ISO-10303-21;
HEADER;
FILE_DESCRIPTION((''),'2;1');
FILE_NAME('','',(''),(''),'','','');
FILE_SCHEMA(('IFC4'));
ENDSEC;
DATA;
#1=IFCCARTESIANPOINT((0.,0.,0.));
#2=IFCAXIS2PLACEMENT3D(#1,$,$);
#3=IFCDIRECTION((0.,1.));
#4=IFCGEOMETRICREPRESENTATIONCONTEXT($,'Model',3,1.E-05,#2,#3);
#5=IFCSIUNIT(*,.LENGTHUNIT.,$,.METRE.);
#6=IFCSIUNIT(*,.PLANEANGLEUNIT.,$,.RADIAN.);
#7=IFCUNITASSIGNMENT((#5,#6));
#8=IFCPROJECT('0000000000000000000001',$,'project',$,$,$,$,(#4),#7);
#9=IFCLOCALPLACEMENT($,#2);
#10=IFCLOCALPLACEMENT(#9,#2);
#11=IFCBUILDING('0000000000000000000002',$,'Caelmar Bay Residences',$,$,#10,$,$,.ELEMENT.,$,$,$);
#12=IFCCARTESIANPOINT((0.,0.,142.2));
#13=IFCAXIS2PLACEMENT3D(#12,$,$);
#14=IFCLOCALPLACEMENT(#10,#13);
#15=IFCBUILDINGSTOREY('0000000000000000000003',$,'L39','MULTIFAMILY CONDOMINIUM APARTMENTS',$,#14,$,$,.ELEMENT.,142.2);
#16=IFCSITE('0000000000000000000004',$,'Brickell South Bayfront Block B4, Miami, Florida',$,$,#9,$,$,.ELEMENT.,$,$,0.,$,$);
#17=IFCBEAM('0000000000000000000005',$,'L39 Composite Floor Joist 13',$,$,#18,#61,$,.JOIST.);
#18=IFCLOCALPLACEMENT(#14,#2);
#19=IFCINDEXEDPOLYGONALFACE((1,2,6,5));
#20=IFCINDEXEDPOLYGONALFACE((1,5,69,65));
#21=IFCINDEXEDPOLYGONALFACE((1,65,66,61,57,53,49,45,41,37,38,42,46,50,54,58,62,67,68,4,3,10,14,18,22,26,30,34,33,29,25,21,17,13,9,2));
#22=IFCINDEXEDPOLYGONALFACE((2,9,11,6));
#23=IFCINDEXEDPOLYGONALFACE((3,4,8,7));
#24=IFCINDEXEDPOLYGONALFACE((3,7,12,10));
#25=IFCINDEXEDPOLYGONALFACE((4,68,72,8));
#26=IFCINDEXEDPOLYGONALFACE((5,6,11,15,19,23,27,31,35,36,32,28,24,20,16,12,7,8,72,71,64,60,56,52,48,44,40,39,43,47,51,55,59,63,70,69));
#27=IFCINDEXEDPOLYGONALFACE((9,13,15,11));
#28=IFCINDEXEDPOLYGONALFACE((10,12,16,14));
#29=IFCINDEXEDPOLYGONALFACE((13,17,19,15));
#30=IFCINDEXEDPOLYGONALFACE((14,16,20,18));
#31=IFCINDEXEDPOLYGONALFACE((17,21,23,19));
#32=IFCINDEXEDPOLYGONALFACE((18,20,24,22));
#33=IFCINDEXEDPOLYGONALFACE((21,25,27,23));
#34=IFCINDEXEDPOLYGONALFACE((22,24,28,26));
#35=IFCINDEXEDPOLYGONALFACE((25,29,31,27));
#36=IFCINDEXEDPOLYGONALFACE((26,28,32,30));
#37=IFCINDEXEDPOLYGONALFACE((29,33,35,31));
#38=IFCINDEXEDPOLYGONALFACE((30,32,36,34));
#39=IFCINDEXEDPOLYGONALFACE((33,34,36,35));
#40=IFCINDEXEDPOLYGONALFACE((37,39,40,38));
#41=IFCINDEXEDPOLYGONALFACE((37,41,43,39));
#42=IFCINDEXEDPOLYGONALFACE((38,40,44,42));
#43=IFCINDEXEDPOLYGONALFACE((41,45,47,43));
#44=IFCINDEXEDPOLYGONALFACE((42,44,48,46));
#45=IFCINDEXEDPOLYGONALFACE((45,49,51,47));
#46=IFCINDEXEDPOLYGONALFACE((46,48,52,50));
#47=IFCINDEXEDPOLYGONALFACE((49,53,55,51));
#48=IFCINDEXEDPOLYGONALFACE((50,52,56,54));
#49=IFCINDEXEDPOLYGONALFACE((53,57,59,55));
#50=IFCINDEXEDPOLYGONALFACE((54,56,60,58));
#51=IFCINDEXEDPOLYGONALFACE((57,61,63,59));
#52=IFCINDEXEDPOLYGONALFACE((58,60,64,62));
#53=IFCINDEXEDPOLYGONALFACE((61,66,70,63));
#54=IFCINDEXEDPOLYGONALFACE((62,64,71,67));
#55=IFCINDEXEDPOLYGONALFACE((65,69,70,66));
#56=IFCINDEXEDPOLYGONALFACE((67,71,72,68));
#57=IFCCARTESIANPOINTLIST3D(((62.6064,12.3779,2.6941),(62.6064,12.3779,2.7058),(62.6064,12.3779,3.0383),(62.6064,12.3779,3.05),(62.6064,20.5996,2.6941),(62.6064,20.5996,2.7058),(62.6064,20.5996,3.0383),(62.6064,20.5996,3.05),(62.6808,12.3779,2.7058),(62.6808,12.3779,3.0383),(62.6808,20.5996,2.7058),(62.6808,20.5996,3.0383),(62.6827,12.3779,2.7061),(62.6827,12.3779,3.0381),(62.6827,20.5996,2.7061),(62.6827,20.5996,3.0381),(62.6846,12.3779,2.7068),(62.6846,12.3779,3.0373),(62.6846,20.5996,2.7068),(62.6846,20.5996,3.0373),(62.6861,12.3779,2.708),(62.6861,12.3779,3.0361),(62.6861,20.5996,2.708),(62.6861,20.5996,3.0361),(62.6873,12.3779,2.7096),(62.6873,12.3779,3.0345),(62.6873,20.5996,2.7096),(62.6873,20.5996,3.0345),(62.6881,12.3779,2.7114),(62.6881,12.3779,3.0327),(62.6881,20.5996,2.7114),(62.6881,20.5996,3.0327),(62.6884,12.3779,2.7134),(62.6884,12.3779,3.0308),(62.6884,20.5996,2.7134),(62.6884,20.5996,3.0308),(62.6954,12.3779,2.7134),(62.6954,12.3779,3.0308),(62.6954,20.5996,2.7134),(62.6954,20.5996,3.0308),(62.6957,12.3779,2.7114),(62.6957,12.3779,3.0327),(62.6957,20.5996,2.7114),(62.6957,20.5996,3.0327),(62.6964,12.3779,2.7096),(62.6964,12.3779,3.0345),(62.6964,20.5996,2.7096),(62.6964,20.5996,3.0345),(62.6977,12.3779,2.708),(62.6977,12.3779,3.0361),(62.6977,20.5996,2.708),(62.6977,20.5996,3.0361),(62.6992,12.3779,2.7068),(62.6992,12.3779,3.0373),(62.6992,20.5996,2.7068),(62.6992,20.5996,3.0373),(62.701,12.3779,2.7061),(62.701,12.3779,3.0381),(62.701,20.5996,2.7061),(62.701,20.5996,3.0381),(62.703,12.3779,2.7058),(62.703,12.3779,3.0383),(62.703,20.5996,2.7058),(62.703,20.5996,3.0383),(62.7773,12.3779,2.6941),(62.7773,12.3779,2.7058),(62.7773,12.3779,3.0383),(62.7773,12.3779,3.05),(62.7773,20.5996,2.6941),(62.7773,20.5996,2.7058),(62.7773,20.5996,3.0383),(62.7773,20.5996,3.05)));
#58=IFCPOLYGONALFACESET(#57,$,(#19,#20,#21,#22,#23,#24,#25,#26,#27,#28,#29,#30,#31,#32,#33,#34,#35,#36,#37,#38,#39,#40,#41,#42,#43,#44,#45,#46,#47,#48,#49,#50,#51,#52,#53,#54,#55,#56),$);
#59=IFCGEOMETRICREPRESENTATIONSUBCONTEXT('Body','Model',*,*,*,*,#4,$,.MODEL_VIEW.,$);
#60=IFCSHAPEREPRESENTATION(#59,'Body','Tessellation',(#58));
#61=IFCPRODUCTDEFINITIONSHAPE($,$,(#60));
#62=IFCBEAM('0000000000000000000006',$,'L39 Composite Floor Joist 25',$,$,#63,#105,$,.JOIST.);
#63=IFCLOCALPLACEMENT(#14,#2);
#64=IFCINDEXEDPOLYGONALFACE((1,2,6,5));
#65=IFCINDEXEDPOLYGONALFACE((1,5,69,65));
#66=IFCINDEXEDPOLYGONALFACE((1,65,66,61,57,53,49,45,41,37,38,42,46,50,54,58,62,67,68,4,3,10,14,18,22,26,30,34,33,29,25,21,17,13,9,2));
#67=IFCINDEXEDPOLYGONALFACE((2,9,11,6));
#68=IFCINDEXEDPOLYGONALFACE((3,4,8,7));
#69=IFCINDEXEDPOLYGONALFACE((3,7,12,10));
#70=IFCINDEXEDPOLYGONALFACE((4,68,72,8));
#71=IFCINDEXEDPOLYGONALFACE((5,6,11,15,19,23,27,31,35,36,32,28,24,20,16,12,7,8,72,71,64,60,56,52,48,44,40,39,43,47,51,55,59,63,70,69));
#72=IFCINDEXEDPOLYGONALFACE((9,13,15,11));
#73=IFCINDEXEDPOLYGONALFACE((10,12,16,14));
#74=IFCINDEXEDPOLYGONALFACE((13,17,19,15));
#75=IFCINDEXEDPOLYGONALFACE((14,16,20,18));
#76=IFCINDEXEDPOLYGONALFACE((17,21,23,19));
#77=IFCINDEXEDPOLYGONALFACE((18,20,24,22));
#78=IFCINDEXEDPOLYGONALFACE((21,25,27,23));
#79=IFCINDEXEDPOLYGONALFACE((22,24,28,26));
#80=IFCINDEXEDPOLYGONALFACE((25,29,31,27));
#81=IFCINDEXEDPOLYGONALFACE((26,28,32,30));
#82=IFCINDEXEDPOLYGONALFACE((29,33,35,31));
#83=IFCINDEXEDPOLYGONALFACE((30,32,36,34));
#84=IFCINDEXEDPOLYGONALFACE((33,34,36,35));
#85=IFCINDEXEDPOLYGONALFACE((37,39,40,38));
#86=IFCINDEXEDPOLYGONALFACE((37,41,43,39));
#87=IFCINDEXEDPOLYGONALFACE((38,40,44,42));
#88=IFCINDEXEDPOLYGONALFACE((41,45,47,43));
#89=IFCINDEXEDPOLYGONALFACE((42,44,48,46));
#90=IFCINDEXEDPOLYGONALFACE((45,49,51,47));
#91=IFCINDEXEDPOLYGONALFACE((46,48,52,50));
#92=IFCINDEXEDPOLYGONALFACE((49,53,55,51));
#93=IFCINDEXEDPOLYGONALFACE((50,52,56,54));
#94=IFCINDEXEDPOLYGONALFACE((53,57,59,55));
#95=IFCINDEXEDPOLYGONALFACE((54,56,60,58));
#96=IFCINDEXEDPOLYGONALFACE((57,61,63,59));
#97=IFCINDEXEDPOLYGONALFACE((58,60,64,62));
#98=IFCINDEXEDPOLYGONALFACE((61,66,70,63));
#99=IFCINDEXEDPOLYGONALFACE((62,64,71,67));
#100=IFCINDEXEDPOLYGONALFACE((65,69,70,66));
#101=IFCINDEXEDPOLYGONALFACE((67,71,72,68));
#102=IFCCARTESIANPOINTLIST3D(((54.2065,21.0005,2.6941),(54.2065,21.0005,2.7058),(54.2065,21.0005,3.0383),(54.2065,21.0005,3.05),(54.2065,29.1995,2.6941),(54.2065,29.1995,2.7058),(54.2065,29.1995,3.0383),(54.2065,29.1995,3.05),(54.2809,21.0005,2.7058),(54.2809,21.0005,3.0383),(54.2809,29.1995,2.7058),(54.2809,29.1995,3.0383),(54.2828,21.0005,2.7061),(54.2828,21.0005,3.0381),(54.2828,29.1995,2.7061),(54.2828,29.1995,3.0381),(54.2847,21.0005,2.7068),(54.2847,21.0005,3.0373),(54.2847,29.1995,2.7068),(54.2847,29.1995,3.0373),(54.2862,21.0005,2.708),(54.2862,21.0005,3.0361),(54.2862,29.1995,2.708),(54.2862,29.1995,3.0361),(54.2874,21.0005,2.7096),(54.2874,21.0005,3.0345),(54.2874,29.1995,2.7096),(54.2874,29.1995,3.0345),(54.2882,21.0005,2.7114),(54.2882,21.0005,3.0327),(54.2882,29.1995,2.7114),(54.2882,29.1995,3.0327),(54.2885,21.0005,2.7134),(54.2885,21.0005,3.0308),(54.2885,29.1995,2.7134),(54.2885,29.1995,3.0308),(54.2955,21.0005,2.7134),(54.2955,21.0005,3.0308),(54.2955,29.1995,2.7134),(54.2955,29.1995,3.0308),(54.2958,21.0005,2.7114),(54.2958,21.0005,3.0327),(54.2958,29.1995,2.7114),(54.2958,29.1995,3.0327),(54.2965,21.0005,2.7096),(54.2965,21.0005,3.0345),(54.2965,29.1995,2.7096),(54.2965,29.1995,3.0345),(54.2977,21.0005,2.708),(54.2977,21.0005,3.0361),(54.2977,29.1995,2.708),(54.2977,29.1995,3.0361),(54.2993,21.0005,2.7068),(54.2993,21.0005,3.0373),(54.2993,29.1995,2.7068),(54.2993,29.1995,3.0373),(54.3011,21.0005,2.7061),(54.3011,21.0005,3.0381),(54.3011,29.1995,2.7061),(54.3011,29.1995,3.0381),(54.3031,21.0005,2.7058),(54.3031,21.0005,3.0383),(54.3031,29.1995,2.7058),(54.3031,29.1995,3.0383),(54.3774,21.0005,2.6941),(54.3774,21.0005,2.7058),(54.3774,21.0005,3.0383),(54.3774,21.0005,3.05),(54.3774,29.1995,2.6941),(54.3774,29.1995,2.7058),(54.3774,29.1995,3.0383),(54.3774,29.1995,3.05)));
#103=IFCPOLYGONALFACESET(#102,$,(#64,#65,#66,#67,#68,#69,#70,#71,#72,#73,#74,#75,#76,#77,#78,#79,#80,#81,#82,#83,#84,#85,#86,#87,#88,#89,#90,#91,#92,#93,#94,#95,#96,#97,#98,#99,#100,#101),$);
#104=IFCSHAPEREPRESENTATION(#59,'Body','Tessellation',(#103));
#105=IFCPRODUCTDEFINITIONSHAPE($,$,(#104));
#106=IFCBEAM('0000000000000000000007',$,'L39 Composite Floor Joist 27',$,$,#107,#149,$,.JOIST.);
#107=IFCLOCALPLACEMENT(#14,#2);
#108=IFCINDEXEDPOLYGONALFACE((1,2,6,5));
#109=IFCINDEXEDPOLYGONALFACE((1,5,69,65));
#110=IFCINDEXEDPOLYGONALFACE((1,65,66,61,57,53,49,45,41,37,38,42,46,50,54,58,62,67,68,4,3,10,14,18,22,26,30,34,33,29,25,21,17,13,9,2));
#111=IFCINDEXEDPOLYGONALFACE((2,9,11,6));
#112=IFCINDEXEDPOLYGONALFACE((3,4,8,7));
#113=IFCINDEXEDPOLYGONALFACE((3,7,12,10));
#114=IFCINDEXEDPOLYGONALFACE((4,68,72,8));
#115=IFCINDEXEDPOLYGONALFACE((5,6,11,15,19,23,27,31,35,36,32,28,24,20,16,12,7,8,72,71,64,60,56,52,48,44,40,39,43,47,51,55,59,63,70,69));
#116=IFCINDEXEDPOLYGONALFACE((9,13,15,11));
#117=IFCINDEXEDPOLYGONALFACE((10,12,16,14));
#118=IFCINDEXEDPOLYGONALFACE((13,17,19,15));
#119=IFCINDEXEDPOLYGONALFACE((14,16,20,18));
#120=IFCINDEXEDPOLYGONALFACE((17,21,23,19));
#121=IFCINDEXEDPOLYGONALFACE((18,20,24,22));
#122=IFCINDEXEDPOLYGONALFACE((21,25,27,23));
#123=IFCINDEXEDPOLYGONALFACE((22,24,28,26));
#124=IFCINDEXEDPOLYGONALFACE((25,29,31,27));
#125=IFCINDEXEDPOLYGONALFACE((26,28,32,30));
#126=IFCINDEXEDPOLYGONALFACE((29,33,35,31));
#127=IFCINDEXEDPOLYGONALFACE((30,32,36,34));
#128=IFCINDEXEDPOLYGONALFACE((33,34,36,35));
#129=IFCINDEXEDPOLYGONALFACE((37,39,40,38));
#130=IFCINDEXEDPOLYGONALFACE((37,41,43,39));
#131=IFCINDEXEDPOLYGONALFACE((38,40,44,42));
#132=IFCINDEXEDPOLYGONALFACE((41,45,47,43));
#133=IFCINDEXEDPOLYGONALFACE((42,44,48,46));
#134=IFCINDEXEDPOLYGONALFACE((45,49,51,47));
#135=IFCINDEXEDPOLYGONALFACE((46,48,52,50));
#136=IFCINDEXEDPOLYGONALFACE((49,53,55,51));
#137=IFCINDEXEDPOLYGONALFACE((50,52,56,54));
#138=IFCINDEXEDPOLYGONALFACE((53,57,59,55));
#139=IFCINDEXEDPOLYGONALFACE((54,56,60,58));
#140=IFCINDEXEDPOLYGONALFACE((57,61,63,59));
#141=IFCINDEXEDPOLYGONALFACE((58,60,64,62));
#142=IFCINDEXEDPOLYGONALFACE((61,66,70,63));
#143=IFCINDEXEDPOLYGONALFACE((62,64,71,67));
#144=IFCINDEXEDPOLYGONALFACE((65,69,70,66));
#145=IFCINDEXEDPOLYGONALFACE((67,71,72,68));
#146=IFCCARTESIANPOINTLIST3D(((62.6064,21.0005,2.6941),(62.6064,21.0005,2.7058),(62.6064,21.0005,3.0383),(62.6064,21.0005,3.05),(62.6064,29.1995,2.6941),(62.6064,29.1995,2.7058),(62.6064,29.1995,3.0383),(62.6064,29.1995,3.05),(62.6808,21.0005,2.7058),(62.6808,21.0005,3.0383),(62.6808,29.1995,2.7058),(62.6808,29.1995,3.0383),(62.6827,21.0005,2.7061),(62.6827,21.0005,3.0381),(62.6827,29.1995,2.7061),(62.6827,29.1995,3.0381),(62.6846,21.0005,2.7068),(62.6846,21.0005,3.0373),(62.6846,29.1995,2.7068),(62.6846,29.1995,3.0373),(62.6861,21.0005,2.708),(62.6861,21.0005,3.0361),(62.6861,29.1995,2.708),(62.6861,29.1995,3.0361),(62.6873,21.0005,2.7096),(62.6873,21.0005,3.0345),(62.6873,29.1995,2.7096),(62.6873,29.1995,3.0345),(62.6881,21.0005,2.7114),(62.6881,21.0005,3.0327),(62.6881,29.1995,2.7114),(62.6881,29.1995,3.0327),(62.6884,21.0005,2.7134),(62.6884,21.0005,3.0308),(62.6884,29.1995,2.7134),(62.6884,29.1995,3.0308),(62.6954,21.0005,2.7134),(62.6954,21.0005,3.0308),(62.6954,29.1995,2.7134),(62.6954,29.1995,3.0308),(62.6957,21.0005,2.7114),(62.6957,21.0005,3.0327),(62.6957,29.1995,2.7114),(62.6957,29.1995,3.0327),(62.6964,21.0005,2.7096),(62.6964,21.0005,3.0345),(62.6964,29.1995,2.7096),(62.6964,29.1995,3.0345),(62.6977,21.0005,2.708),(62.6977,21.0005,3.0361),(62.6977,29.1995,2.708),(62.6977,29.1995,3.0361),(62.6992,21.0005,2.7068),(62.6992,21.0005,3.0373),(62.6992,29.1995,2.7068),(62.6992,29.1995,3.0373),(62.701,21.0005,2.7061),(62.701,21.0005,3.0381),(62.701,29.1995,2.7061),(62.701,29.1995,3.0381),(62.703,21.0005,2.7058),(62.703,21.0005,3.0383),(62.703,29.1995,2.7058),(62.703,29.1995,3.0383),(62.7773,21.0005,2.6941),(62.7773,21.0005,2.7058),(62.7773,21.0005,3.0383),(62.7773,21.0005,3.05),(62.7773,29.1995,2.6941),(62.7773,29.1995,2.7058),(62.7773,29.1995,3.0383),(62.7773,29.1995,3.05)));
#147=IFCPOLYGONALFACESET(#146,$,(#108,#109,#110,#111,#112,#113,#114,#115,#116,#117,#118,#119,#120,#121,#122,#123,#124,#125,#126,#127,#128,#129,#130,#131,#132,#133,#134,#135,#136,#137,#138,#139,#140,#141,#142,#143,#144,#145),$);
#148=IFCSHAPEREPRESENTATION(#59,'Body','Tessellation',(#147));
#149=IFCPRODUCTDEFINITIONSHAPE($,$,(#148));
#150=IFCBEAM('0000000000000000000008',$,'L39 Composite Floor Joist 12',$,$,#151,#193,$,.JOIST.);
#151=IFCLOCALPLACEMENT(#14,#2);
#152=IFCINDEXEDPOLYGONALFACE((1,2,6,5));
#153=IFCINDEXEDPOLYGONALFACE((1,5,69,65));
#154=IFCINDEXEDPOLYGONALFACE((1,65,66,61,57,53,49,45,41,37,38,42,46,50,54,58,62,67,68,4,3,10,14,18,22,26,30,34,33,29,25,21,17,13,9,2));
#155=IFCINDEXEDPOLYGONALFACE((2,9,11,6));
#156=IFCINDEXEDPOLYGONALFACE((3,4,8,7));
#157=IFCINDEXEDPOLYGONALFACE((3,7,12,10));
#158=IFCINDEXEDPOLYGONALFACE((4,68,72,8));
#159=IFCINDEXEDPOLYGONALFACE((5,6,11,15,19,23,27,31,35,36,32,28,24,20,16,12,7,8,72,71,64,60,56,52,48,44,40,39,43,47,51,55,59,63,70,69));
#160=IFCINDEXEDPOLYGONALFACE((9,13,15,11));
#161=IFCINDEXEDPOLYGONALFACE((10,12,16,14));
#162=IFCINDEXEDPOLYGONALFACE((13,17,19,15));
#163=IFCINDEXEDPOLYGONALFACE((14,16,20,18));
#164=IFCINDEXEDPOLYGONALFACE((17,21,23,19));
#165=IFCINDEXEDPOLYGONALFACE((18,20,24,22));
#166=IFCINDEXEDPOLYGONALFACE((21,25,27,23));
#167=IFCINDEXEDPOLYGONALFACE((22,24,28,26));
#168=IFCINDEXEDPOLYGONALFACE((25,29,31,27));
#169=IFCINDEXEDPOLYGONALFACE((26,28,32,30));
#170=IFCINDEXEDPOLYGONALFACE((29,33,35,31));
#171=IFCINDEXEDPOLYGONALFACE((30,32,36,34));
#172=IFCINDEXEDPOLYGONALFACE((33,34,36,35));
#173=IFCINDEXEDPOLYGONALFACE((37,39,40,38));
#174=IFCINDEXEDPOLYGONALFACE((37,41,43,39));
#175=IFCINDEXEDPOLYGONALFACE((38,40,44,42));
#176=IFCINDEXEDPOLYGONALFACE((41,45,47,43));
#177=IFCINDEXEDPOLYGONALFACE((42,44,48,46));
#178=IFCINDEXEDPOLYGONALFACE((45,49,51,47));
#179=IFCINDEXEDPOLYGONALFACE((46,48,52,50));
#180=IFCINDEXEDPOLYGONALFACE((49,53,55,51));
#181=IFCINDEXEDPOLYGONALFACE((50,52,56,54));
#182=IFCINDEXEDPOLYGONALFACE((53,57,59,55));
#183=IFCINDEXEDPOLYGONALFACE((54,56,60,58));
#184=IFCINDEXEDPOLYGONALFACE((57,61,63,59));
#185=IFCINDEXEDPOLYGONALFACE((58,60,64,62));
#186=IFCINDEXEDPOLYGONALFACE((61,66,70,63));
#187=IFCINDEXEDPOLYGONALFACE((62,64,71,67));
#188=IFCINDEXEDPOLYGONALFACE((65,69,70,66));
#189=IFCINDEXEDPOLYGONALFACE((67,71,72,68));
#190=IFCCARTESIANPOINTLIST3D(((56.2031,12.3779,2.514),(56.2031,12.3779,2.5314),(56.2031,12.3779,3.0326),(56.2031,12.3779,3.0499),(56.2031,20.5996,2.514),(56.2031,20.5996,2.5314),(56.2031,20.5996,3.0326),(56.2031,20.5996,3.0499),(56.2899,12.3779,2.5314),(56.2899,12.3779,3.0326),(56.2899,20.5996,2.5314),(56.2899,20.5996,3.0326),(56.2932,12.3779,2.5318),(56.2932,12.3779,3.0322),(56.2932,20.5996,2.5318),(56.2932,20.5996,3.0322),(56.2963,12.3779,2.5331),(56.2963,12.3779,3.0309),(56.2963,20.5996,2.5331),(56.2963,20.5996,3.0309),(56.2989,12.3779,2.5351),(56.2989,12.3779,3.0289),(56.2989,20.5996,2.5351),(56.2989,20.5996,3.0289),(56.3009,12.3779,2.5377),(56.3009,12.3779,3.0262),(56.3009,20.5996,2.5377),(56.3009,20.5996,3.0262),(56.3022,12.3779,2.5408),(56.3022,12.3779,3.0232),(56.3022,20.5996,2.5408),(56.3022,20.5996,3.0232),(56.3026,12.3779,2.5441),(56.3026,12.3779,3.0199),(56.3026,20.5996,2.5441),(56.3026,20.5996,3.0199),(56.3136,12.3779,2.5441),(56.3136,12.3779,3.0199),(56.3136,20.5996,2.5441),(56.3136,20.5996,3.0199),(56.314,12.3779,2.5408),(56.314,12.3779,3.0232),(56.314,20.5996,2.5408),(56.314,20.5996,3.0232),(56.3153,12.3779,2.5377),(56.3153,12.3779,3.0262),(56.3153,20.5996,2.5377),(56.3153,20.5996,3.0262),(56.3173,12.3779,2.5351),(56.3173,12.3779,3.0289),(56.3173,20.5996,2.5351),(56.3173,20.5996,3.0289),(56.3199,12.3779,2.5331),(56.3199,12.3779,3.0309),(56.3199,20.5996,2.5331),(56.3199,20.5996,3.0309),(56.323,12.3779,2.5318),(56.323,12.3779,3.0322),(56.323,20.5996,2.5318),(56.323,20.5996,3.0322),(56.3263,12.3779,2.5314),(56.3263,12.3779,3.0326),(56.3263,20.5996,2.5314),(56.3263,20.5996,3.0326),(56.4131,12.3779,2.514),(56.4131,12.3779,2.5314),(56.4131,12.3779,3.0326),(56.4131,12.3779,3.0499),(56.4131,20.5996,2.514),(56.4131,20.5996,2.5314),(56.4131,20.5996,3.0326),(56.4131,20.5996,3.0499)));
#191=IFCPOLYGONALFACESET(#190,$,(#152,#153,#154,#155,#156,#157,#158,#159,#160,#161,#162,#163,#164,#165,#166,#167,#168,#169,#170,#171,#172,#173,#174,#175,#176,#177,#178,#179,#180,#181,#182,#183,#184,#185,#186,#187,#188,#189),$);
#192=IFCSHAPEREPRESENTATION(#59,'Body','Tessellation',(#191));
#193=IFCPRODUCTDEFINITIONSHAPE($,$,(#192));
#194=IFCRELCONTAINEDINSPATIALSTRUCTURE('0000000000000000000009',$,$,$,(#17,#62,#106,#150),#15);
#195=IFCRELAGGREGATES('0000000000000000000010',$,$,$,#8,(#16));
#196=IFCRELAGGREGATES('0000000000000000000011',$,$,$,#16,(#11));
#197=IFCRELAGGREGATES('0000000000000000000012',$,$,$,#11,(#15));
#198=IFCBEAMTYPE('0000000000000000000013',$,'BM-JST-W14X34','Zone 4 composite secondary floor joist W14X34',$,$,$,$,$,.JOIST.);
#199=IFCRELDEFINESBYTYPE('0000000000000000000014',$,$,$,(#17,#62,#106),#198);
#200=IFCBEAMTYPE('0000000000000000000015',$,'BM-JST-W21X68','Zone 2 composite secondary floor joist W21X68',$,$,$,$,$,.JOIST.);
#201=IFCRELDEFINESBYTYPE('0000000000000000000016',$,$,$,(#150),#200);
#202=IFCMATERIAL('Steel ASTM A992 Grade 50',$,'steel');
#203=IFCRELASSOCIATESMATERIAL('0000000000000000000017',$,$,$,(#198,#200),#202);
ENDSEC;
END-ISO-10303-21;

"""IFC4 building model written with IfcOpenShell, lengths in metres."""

from ifc_helpers import new_model, si_unit, direction, frame, origin, origin_2d, place, context, subcontext, project, spatial, i_section, extrude, material, material_profile, profile_set, type_object, element, save


model = new_model("IFC4")

# Units and contexts
model_context = context("Model", 3, precision=1e-05, world=origin(), true_north=direction((0.0, 1.0)))
body_context = subcontext(model_context, "Body", "Model", "MODEL_VIEW")
ifc_project = project(units=[si_unit("LENGTHUNIT", "METRE"), si_unit("PLANEANGLEUNIT", "RADIAN")], contexts=[model_context])

# Site, building, storey
site_placement = place(None, origin())
site = spatial("IfcSite", under=ifc_project, at=site_placement, Name="Brickell South Bayfront Block B4, Miami, Florida", CompositionType="ELEMENT", RefElevation=0.0)
building_placement = place(site_placement, origin())
building = spatial("IfcBuilding", under=site, at=building_placement, Name="Caelmar Bay Residences", CompositionType="ELEMENT")
storey_placement = place(building_placement, frame((0.0, 0.0, 142.2)))
storey = spatial("IfcBuildingStorey", under=building, at=storey_placement, Name="L39", Description="MULTIFAMILY CONDOMINIUM APARTMENTS", CompositionType="ELEMENT", Elevation=142.2)

# Beams
ifc_material_1 = material(Name="Steel ASTM A992 Grade 50", Category="steel")
ifc_material_profile_1 = material_profile(ifc_material_1, i_section(OverallWidth=0.1709, OverallDepth=0.356, WebThickness=0.0071, FlangeThickness=0.0117, FilletRadius=0.0076, at=origin_2d()), Name="W14X34")
ifc_profile_set_1 = profile_set([ifc_material_profile_1], Name="Steel ASTM A992 Grade 50")
beam_type_1 = type_object("IfcBeamType", Name="BM-JST-W14X34", Description="Zone 4 composite secondary floor joist W14X34", PredefinedType="JOIST", material=ifc_profile_set_1)
for number, where, z_axis, x_axis, name in (
    (1, (62.6919, 12.3779, 2.8721), (0.0, 1.0, 0.0), (-1.0, 0.0, 0.0), "L39 Composite Floor Joist 13"),
):
    element("IfcBeam", number, at=place(storey_placement, frame(where, z_axis=z_axis, x_axis=x_axis)), inside=storey, type_object=beam_type_1, Name=name, PredefinedType="JOIST", context=body_context, shape_type="SweptSolid", body=[
        extrude(i_section(OverallWidth=0.1709, OverallDepth=0.356, WebThickness=0.0071, FlangeThickness=0.0117, FilletRadius=0.0076, at=origin_2d()), origin(), (0.0, 0.0, 1.0), 8.2217),
    ])
for number, where, z_axis, x_axis, name in (
    (2, (54.292, 21.0005, 2.8721), (0.0, 1.0, 0.0), (-1.0, 0.0, 0.0), "L39 Composite Floor Joist 25"),
    (3, (62.6919, 21.0005, 2.8721), (0.0, 1.0, 0.0), (-1.0, 0.0, 0.0), "L39 Composite Floor Joist 27"),
):
    element("IfcBeam", number, at=place(storey_placement, frame(where, z_axis=z_axis, x_axis=x_axis)), inside=storey, type_object=beam_type_1, Name=name, PredefinedType="JOIST", context=body_context, shape_type="SweptSolid", body=[
        extrude(i_section(OverallWidth=0.1709, OverallDepth=0.356, WebThickness=0.0071, FlangeThickness=0.0117, FilletRadius=0.0076, at=origin_2d()), origin(), (0.0, 0.0, 1.0), 8.199),
    ])
ifc_material_profile_2 = material_profile(ifc_material_1, i_section(OverallWidth=0.21, OverallDepth=0.5359, WebThickness=0.011, FlangeThickness=0.0173, FilletRadius=0.0127, at=origin_2d()), Name="W21X68")
ifc_profile_set_2 = profile_set([ifc_material_profile_2], Name="Steel ASTM A992 Grade 50")
beam_type_2 = type_object("IfcBeamType", Name="BM-JST-W21X68", Description="Zone 2 composite secondary floor joist W21X68", PredefinedType="JOIST", material=ifc_profile_set_2)
for number, where, z_axis, x_axis, name in (
    (4, (56.3081, 12.3779, 2.782), (0.0, 1.0, 0.0), (-1.0, 0.0, 0.0), "L39 Composite Floor Joist 12"),
):
    element("IfcBeam", number, at=place(storey_placement, frame(where, z_axis=z_axis, x_axis=x_axis)), inside=storey, type_object=beam_type_2, Name=name, PredefinedType="JOIST", context=body_context, shape_type="SweptSolid", body=[
        extrude(i_section(OverallWidth=0.21, OverallDepth=0.5359, WebThickness=0.011, FlangeThickness=0.0173, FilletRadius=0.0127, at=origin_2d()), origin(), (0.0, 0.0, 1.0), 8.2217),
    ])

save(model, "model.ifc")
